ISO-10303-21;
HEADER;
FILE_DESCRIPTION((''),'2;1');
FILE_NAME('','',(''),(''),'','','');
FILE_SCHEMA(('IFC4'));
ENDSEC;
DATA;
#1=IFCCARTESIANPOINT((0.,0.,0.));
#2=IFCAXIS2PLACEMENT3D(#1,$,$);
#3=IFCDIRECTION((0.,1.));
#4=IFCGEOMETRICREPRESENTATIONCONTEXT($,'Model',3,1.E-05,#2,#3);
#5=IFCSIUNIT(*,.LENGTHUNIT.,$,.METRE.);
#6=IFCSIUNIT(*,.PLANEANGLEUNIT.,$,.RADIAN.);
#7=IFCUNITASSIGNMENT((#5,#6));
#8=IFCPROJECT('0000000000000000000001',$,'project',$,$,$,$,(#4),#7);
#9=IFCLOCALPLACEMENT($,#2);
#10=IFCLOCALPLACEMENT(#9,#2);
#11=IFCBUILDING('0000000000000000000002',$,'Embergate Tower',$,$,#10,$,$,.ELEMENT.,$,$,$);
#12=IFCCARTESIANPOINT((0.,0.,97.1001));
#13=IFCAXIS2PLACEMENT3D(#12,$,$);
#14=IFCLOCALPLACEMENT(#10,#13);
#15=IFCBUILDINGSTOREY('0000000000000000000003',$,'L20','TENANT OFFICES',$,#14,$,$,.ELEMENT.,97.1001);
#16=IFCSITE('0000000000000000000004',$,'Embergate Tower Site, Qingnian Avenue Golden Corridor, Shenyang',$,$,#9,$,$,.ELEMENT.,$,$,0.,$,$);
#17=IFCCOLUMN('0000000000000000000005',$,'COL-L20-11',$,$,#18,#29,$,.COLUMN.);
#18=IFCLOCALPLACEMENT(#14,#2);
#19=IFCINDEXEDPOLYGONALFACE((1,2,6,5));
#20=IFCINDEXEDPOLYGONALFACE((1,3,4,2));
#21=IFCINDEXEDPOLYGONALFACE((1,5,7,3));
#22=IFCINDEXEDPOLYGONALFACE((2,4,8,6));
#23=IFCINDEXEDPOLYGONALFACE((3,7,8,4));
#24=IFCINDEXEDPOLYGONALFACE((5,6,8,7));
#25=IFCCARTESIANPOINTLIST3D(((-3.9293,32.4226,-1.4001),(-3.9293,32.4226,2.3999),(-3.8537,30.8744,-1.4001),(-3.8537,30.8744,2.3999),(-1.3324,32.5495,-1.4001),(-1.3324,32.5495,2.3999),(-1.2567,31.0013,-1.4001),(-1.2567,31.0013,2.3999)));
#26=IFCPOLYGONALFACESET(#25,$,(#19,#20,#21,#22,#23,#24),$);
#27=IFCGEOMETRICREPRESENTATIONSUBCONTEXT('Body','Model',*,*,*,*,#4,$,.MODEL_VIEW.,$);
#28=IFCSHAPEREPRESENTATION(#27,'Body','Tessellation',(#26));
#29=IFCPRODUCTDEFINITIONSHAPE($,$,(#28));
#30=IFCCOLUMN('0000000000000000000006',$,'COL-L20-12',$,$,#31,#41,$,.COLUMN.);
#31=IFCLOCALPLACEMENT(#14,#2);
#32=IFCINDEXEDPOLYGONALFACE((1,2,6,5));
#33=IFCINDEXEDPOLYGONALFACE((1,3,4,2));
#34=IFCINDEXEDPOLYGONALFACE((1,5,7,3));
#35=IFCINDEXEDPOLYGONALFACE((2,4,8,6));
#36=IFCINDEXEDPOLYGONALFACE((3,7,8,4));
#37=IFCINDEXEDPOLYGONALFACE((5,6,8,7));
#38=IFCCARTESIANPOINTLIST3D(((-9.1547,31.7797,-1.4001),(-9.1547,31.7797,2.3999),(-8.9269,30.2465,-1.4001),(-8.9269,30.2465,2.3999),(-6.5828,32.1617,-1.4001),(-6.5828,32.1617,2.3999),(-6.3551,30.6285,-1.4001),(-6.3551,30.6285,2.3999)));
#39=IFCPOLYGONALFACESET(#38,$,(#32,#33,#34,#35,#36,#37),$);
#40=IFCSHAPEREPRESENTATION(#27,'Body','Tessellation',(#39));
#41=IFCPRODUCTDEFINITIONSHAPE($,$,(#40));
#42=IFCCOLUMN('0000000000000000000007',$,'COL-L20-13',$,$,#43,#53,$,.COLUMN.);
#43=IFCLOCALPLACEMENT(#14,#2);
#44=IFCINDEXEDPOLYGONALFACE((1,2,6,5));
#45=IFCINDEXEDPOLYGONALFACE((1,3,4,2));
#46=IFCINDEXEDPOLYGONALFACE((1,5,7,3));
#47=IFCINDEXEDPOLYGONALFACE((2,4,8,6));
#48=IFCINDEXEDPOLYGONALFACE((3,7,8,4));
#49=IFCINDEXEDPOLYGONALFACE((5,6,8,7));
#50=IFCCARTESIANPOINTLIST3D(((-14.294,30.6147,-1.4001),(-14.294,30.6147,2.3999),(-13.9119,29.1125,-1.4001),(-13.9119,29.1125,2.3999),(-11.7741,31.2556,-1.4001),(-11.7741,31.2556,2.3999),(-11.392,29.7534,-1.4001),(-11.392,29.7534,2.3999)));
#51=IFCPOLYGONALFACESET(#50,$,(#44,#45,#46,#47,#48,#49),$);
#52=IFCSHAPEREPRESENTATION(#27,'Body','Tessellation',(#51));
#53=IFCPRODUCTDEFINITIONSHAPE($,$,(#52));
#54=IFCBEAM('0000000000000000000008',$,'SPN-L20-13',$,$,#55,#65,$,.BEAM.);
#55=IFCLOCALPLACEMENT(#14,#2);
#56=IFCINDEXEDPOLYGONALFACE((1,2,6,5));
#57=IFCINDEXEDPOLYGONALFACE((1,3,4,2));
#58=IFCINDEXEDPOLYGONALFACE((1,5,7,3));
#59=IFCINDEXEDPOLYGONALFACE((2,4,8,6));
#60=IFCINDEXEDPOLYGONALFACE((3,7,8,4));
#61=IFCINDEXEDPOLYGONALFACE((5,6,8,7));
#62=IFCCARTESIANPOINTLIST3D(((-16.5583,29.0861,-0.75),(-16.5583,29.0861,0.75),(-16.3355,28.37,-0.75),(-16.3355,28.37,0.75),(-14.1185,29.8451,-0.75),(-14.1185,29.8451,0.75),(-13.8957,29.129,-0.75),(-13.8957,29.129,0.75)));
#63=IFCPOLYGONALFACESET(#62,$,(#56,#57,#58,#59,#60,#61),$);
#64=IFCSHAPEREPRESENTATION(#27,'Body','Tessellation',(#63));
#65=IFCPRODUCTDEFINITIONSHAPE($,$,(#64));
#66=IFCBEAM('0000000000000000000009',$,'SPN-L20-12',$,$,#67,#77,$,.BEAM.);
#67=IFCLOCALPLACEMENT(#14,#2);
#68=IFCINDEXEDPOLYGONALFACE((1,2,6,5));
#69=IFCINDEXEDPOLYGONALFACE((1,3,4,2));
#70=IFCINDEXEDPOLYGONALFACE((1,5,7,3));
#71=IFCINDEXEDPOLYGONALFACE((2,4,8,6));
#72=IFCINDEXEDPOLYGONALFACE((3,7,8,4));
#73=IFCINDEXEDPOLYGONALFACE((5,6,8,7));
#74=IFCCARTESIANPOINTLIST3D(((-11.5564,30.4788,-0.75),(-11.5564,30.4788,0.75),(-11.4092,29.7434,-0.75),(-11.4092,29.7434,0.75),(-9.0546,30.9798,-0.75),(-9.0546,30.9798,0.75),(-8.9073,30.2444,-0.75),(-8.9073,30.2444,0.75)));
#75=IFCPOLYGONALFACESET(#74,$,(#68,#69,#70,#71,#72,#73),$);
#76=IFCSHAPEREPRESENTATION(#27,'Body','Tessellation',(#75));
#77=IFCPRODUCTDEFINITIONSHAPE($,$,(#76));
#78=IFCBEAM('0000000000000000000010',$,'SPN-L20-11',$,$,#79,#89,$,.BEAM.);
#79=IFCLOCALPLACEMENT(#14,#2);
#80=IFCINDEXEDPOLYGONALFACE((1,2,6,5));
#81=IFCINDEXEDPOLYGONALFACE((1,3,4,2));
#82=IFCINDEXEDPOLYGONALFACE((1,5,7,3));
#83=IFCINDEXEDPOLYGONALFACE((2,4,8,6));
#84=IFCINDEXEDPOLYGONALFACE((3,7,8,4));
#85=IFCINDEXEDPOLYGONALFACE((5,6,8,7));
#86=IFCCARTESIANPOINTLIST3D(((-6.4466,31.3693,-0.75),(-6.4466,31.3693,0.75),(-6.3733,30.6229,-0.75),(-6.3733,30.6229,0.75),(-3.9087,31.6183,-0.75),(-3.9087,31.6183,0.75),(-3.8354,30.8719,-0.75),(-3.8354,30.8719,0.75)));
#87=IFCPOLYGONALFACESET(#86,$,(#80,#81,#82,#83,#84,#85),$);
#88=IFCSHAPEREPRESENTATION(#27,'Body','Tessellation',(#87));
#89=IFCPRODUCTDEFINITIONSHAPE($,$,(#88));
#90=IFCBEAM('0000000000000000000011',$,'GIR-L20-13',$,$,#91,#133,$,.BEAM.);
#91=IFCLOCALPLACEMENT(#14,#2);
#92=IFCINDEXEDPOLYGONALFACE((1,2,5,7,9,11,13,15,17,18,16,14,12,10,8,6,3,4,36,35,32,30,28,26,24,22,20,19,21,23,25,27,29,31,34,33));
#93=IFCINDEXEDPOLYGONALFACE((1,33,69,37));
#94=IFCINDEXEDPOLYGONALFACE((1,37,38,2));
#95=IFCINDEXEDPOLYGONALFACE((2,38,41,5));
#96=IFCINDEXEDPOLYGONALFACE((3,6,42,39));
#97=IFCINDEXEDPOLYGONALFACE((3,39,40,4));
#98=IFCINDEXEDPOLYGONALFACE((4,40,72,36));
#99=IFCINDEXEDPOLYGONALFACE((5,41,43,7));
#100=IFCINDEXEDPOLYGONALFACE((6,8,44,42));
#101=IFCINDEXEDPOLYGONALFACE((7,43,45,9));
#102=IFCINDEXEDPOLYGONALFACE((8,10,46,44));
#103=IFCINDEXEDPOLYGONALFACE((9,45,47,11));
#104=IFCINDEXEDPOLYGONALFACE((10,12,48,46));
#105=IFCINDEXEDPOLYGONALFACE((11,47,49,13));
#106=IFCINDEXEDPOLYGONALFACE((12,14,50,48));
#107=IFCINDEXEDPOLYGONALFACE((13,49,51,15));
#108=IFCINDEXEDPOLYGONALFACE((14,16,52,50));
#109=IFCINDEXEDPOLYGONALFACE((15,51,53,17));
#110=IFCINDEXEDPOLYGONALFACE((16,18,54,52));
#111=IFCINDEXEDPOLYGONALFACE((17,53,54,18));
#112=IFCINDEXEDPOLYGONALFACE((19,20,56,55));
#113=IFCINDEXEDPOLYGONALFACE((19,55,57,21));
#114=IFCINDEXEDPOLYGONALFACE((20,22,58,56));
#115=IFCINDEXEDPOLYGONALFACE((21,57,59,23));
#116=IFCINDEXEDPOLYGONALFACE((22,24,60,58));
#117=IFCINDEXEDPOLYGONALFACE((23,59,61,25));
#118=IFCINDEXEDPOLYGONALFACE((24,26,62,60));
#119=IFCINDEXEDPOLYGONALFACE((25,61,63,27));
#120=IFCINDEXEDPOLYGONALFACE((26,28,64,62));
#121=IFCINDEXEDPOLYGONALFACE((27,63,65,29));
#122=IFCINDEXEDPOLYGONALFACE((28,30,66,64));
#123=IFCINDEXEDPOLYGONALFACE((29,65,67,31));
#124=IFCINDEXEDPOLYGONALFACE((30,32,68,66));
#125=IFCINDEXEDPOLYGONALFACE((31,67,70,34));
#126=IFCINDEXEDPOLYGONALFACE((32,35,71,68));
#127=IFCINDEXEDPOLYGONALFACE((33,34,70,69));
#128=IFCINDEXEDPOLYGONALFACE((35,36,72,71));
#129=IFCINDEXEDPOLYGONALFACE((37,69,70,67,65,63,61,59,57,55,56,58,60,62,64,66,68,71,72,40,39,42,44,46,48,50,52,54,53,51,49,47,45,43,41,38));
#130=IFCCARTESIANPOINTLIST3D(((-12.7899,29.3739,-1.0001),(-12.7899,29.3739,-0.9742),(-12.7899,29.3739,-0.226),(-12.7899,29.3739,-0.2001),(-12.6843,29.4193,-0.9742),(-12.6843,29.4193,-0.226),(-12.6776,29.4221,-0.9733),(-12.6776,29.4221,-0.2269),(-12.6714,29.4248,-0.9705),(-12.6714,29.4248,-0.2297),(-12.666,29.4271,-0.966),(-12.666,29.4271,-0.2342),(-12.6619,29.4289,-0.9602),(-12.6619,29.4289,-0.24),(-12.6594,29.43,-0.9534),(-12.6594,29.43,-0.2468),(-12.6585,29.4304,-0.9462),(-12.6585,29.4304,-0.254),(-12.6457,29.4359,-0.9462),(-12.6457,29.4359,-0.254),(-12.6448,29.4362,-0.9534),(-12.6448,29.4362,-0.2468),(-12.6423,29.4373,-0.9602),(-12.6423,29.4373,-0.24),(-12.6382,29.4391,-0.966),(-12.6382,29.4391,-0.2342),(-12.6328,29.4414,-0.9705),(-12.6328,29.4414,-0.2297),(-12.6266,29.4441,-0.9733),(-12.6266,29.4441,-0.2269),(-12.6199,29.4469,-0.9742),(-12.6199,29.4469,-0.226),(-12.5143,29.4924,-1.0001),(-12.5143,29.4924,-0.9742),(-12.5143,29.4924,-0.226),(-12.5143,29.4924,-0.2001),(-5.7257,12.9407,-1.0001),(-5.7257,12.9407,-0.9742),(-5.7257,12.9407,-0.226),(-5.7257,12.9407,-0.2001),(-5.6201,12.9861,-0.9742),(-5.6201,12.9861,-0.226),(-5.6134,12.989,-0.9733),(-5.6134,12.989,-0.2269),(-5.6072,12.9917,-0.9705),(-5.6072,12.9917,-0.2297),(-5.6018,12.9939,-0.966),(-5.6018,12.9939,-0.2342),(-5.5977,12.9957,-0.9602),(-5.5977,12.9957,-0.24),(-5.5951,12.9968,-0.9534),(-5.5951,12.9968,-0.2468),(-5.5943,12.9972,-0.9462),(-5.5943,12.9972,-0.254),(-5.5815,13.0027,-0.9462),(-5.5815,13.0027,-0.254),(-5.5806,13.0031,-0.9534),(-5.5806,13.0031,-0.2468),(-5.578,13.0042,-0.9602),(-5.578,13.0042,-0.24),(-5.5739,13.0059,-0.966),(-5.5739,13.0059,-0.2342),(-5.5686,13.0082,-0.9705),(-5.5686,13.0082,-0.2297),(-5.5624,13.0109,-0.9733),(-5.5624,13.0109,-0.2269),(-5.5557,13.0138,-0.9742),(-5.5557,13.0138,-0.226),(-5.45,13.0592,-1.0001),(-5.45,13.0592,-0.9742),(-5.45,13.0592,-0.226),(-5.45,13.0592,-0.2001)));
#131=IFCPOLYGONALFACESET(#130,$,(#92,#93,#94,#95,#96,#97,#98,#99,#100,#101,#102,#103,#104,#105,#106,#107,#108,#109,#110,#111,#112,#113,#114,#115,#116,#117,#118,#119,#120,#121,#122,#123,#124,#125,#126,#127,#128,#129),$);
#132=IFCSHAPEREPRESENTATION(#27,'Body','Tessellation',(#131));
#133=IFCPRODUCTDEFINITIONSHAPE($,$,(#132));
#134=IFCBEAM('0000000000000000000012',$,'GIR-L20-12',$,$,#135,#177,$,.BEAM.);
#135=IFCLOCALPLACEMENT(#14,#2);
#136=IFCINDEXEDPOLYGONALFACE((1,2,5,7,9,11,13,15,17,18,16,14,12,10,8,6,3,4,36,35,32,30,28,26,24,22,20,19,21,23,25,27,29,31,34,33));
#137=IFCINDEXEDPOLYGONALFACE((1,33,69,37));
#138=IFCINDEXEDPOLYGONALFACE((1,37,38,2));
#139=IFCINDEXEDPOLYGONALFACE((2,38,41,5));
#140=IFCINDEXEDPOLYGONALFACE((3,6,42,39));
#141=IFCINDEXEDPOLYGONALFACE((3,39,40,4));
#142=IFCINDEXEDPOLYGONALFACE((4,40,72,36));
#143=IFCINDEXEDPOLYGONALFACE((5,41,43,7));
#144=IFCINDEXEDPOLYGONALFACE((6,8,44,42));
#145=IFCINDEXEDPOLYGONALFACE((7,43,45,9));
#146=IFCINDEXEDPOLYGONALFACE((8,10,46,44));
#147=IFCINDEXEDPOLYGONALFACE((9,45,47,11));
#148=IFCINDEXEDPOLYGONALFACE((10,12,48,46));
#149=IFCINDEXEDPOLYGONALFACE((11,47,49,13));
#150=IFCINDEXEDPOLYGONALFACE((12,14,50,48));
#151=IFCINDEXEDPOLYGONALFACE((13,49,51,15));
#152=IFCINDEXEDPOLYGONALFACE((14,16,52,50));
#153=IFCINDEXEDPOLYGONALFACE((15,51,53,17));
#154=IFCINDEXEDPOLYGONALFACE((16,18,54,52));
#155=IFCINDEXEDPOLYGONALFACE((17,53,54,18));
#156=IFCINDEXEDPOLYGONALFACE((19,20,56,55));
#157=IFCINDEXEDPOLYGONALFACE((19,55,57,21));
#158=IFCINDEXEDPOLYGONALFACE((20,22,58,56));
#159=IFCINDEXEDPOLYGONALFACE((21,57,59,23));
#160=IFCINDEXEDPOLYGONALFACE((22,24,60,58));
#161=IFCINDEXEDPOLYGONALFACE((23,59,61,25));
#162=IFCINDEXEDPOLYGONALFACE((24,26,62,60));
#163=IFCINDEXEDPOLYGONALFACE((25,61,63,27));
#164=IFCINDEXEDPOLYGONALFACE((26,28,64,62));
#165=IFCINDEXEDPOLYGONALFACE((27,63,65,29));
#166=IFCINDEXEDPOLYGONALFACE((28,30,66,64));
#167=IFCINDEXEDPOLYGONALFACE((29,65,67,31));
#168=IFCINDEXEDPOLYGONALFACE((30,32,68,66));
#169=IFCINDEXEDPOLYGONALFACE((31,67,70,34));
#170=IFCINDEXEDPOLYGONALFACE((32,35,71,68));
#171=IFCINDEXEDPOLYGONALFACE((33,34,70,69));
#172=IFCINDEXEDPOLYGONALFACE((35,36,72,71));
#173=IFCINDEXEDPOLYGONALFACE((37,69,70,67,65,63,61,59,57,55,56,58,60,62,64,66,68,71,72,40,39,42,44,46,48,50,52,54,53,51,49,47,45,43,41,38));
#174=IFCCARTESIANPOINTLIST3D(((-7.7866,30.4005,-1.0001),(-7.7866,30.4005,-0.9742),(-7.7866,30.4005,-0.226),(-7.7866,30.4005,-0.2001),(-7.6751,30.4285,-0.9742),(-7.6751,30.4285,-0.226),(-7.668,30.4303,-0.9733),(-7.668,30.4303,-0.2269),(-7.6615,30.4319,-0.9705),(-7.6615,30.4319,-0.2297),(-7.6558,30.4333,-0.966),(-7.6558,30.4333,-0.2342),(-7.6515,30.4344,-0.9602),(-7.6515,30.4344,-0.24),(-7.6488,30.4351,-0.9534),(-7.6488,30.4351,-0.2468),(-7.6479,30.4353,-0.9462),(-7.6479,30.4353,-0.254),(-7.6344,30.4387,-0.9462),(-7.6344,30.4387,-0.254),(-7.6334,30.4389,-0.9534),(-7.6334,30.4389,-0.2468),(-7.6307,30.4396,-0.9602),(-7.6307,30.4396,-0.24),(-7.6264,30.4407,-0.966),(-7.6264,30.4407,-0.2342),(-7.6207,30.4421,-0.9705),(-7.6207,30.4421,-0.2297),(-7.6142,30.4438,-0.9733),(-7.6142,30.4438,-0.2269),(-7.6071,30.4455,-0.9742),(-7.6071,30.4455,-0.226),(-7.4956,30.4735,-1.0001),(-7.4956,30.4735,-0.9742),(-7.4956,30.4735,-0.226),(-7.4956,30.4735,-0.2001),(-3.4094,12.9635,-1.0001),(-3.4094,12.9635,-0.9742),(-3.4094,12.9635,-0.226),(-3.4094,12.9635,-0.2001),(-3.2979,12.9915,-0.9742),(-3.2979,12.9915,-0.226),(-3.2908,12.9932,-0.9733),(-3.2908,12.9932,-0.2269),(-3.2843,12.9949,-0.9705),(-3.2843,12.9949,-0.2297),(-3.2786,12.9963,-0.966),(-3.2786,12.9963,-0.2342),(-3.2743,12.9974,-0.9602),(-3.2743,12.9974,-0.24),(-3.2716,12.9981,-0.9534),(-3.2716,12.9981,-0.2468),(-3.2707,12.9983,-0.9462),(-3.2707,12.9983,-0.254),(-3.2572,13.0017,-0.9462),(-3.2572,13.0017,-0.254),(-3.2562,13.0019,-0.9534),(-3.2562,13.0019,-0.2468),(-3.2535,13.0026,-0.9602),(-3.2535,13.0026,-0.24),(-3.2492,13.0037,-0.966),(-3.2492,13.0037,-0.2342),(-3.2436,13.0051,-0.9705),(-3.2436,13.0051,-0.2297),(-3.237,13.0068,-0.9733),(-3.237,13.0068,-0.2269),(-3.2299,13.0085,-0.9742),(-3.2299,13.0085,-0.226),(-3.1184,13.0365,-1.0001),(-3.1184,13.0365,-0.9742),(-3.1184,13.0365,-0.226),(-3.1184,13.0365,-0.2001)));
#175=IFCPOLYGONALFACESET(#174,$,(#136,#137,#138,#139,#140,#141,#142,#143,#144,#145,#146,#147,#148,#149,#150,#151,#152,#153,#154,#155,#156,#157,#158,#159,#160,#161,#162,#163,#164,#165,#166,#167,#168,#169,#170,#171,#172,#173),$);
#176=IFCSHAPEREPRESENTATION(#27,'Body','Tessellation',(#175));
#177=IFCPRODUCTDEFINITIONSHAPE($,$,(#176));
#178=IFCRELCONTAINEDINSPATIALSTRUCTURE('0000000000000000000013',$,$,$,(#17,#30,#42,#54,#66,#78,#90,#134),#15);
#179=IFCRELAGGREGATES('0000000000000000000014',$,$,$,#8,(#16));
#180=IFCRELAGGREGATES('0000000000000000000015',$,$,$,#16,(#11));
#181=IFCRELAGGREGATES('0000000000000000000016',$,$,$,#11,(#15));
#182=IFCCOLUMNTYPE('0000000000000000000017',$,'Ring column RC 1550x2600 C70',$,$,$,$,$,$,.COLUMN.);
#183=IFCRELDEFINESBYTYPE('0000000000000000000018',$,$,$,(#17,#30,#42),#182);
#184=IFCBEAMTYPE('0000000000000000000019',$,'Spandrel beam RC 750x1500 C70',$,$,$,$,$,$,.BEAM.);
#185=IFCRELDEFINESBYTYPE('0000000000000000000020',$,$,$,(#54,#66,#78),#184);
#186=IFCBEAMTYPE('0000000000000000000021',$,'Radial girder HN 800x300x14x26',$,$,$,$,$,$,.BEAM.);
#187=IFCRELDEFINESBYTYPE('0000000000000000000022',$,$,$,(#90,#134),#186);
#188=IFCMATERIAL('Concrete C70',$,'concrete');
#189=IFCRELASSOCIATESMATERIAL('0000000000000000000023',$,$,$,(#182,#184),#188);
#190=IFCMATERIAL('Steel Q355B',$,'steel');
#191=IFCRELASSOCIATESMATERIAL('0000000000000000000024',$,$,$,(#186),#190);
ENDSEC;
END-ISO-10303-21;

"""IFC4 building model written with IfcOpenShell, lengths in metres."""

from ifc_helpers import new_model, si_unit, direction, frame, origin, origin_2d, place, context, subcontext, project, spatial, rectangle, i_section, extrude, source, transform, mapped, material, material_profile, profile_set, type_object, element, save


model = new_model("IFC4")

# Units and contexts
model_context = context("Model", 3, precision=1e-05, world=origin(), true_north=direction((0.0, 1.0)))
body_context = subcontext(model_context, "Body", "Model", "MODEL_VIEW")
ifc_project = project(units=[si_unit("LENGTHUNIT", "METRE"), si_unit("PLANEANGLEUNIT", "RADIAN")], contexts=[model_context])

# Site, building, storey
site_placement = place(None, origin())
site = spatial("IfcSite", under=ifc_project, at=site_placement, Name="Embergate Tower Site, Qingnian Avenue Golden Corridor, Shenyang", CompositionType="ELEMENT", RefElevation=0.0)
building_placement = place(site_placement, origin())
building = spatial("IfcBuilding", under=site, at=building_placement, Name="Embergate Tower", CompositionType="ELEMENT")
storey_placement = place(building_placement, frame((0.0, 0.0, 97.1001)))
storey = spatial("IfcBuildingStorey", under=building, at=storey_placement, Name="L20", Description="TENANT OFFICES", CompositionType="ELEMENT", Elevation=97.1001)

# Columns
ifc_material_1 = material(Name="Concrete C70", Category="concrete")
ifc_material_profile_1 = material_profile(ifc_material_1, rectangle(XDim=1.55, YDim=2.6001, at=origin_2d()), Name="RC 1550x2600")
ifc_profile_set_1 = profile_set([ifc_material_profile_1], Name="Concrete C70")
column_type = type_object("IfcColumnType", Name="Ring column RC 1550x2600 C70", PredefinedType="COLUMN", material=ifc_profile_set_1)
shared_shape_1 = source(origin(), body_context, "Body", "SweptSolid", [
    extrude(rectangle(XDim=1.55, YDim=2.6001, at=origin_2d()), origin(), (0.0, 0.0, 1.0), 3.8),
])
for number, where, z_axis, x_axis, name in (
    (1, (-2.593, 31.7119, -1.4001), (0.0, 0.0, 1.0), (-0.048815, 0.998808, 0.0), "COL-L20-11"),
    (2, (-7.7549, 31.2041, -1.4001), (0.0, 0.0, 1.0), (-0.146929, 0.989147, 0.0), "COL-L20-12"),
    (3, (-12.843, 30.1841, -1.4001), (0.0, 0.0, 1.0), (-0.246492, 0.969145, 0.0), "COL-L20-13"),
):
    element("IfcColumn", number, at=place(storey_placement, frame(where, z_axis=z_axis, x_axis=x_axis)), inside=storey, type_object=column_type, Name=name, PredefinedType="COLUMN", context=body_context, shape_type="MappedRepresentation", body=[
        mapped(shared_shape_1, transform((0.0, 0.0, 0.0))),
    ])

# Beams
ifc_material_profile_2 = material_profile(ifc_material_1, rectangle(XDim=0.75, YDim=1.5, at=origin_2d()), Name="RC 750x1500")
ifc_profile_set_2 = profile_set([ifc_material_profile_2], Name="Concrete C70")
beam_type_1 = type_object("IfcBeamType", Name="Spandrel beam RC 750x1500 C70", PredefinedType="BEAM", material=ifc_profile_set_2)
shared_shape_2 = source(origin(), body_context, "Body", "SweptSolid", [
    extrude(rectangle(XDim=0.75, YDim=1.5, at=origin_2d()), origin(), (0.0, 0.0, 1.0), 2.5552),
])
beam_1_placement = place(storey_placement, frame((-14.0071, 29.4871, 0.0), z_axis=(-0.954863, -0.297045, 0.0), x_axis=(0.297045, -0.954863, 0.0)))
element("IfcBeam", 4, at=beam_1_placement, inside=storey, type_object=beam_type_1, Name="SPN-L20-13", PredefinedType="BEAM", context=body_context, shape_type="MappedRepresentation", body=[
    mapped(shared_shape_2, transform((0.0, 0.0, 0.0))),
])
shared_shape_3 = source(origin(), body_context, "Body", "SweptSolid", [
    extrude(rectangle(XDim=0.75, YDim=1.5, at=origin_2d()), origin(), (0.0, 0.0, 1.0), 2.5515),
])
beam_2_placement = place(storey_placement, frame((-8.981, 30.6121, 0.0), z_axis=(-0.980536, -0.196337, 0.0), x_axis=(0.196337, -0.980536, 0.0)))
element("IfcBeam", 5, at=beam_2_placement, inside=storey, type_object=beam_type_1, Name="SPN-L20-12", PredefinedType="BEAM", context=body_context, shape_type="MappedRepresentation", body=[
    mapped(shared_shape_3, transform((0.0, 0.0, 0.0))),
])
shared_shape_4 = source(origin(), body_context, "Body", "SweptSolid", [
    extrude(rectangle(XDim=0.75, YDim=1.5, at=origin_2d()), origin(), (0.0, 0.0, 1.0), 2.55),
])
beam_3_placement = place(storey_placement, frame((-3.8721, 31.2451, 0.0), z_axis=(-0.99522, -0.097655, 0.0), x_axis=(0.097655, -0.99522, 0.0)))
element("IfcBeam", 6, at=beam_3_placement, inside=storey, type_object=beam_type_1, Name="SPN-L20-11", PredefinedType="BEAM", context=body_context, shape_type="MappedRepresentation", body=[
    mapped(shared_shape_4, transform((0.0, 0.0, 0.0))),
])
ifc_material_2 = material(Name="Steel Q355B", Category="steel")
ifc_material_profile_3 = material_profile(ifc_material_2, i_section(OverallWidth=0.3, OverallDepth=0.8, WebThickness=0.0139, FlangeThickness=0.0259, FilletRadius=0.0281, at=origin_2d()), Name="HN 800x300x14x26")
ifc_profile_set_3 = profile_set([ifc_material_profile_3], Name="Steel Q355 grade B")
beam_type_2 = type_object("IfcBeamType", Name="Radial girder HN 800x300x14x26", PredefinedType="BEAM", material=ifc_profile_set_3)
shared_shape_5 = source(origin(), body_context, "Body", "SweptSolid", [
    extrude(i_section(OverallWidth=0.3, OverallDepth=0.8, WebThickness=0.0139, FlangeThickness=0.0259, FilletRadius=0.0281, at=origin_2d()), origin(), (0.0, 0.0, 1.0), 17.8872),
])
beam_4_placement = place(storey_placement, frame((-12.6521, 29.4331, -0.6001), z_axis=(0.394932, -0.91871, 0.0), x_axis=(0.91871, 0.394932, 0.0)))
element("IfcBeam", 7, at=beam_4_placement, inside=storey, type_object=beam_type_2, Name="GIR-L20-13", PredefinedType="BEAM", context=body_context, shape_type="MappedRepresentation", body=[
    mapped(shared_shape_5, transform((0.0, 0.0, 0.0))),
])
shared_shape_6 = source(origin(), body_context, "Body", "SweptSolid", [
    extrude(i_section(OverallWidth=0.3, OverallDepth=0.8, WebThickness=0.0139, FlangeThickness=0.0259, FilletRadius=0.0281, at=origin_2d()), origin(), (0.0, 0.0, 1.0), 17.978),
])
beam_5_placement = place(storey_placement, frame((-7.6411, 30.437, -0.6001), z_axis=(0.243475, -0.969907, 0.0), x_axis=(0.969907, 0.243475, 0.0)))
element("IfcBeam", 8, at=beam_5_placement, inside=storey, type_object=beam_type_2, Name="GIR-L20-12", PredefinedType="BEAM", context=body_context, shape_type="MappedRepresentation", body=[
    mapped(shared_shape_6, transform((0.0, 0.0, 0.0))),
])

save(model, "model.ifc")
